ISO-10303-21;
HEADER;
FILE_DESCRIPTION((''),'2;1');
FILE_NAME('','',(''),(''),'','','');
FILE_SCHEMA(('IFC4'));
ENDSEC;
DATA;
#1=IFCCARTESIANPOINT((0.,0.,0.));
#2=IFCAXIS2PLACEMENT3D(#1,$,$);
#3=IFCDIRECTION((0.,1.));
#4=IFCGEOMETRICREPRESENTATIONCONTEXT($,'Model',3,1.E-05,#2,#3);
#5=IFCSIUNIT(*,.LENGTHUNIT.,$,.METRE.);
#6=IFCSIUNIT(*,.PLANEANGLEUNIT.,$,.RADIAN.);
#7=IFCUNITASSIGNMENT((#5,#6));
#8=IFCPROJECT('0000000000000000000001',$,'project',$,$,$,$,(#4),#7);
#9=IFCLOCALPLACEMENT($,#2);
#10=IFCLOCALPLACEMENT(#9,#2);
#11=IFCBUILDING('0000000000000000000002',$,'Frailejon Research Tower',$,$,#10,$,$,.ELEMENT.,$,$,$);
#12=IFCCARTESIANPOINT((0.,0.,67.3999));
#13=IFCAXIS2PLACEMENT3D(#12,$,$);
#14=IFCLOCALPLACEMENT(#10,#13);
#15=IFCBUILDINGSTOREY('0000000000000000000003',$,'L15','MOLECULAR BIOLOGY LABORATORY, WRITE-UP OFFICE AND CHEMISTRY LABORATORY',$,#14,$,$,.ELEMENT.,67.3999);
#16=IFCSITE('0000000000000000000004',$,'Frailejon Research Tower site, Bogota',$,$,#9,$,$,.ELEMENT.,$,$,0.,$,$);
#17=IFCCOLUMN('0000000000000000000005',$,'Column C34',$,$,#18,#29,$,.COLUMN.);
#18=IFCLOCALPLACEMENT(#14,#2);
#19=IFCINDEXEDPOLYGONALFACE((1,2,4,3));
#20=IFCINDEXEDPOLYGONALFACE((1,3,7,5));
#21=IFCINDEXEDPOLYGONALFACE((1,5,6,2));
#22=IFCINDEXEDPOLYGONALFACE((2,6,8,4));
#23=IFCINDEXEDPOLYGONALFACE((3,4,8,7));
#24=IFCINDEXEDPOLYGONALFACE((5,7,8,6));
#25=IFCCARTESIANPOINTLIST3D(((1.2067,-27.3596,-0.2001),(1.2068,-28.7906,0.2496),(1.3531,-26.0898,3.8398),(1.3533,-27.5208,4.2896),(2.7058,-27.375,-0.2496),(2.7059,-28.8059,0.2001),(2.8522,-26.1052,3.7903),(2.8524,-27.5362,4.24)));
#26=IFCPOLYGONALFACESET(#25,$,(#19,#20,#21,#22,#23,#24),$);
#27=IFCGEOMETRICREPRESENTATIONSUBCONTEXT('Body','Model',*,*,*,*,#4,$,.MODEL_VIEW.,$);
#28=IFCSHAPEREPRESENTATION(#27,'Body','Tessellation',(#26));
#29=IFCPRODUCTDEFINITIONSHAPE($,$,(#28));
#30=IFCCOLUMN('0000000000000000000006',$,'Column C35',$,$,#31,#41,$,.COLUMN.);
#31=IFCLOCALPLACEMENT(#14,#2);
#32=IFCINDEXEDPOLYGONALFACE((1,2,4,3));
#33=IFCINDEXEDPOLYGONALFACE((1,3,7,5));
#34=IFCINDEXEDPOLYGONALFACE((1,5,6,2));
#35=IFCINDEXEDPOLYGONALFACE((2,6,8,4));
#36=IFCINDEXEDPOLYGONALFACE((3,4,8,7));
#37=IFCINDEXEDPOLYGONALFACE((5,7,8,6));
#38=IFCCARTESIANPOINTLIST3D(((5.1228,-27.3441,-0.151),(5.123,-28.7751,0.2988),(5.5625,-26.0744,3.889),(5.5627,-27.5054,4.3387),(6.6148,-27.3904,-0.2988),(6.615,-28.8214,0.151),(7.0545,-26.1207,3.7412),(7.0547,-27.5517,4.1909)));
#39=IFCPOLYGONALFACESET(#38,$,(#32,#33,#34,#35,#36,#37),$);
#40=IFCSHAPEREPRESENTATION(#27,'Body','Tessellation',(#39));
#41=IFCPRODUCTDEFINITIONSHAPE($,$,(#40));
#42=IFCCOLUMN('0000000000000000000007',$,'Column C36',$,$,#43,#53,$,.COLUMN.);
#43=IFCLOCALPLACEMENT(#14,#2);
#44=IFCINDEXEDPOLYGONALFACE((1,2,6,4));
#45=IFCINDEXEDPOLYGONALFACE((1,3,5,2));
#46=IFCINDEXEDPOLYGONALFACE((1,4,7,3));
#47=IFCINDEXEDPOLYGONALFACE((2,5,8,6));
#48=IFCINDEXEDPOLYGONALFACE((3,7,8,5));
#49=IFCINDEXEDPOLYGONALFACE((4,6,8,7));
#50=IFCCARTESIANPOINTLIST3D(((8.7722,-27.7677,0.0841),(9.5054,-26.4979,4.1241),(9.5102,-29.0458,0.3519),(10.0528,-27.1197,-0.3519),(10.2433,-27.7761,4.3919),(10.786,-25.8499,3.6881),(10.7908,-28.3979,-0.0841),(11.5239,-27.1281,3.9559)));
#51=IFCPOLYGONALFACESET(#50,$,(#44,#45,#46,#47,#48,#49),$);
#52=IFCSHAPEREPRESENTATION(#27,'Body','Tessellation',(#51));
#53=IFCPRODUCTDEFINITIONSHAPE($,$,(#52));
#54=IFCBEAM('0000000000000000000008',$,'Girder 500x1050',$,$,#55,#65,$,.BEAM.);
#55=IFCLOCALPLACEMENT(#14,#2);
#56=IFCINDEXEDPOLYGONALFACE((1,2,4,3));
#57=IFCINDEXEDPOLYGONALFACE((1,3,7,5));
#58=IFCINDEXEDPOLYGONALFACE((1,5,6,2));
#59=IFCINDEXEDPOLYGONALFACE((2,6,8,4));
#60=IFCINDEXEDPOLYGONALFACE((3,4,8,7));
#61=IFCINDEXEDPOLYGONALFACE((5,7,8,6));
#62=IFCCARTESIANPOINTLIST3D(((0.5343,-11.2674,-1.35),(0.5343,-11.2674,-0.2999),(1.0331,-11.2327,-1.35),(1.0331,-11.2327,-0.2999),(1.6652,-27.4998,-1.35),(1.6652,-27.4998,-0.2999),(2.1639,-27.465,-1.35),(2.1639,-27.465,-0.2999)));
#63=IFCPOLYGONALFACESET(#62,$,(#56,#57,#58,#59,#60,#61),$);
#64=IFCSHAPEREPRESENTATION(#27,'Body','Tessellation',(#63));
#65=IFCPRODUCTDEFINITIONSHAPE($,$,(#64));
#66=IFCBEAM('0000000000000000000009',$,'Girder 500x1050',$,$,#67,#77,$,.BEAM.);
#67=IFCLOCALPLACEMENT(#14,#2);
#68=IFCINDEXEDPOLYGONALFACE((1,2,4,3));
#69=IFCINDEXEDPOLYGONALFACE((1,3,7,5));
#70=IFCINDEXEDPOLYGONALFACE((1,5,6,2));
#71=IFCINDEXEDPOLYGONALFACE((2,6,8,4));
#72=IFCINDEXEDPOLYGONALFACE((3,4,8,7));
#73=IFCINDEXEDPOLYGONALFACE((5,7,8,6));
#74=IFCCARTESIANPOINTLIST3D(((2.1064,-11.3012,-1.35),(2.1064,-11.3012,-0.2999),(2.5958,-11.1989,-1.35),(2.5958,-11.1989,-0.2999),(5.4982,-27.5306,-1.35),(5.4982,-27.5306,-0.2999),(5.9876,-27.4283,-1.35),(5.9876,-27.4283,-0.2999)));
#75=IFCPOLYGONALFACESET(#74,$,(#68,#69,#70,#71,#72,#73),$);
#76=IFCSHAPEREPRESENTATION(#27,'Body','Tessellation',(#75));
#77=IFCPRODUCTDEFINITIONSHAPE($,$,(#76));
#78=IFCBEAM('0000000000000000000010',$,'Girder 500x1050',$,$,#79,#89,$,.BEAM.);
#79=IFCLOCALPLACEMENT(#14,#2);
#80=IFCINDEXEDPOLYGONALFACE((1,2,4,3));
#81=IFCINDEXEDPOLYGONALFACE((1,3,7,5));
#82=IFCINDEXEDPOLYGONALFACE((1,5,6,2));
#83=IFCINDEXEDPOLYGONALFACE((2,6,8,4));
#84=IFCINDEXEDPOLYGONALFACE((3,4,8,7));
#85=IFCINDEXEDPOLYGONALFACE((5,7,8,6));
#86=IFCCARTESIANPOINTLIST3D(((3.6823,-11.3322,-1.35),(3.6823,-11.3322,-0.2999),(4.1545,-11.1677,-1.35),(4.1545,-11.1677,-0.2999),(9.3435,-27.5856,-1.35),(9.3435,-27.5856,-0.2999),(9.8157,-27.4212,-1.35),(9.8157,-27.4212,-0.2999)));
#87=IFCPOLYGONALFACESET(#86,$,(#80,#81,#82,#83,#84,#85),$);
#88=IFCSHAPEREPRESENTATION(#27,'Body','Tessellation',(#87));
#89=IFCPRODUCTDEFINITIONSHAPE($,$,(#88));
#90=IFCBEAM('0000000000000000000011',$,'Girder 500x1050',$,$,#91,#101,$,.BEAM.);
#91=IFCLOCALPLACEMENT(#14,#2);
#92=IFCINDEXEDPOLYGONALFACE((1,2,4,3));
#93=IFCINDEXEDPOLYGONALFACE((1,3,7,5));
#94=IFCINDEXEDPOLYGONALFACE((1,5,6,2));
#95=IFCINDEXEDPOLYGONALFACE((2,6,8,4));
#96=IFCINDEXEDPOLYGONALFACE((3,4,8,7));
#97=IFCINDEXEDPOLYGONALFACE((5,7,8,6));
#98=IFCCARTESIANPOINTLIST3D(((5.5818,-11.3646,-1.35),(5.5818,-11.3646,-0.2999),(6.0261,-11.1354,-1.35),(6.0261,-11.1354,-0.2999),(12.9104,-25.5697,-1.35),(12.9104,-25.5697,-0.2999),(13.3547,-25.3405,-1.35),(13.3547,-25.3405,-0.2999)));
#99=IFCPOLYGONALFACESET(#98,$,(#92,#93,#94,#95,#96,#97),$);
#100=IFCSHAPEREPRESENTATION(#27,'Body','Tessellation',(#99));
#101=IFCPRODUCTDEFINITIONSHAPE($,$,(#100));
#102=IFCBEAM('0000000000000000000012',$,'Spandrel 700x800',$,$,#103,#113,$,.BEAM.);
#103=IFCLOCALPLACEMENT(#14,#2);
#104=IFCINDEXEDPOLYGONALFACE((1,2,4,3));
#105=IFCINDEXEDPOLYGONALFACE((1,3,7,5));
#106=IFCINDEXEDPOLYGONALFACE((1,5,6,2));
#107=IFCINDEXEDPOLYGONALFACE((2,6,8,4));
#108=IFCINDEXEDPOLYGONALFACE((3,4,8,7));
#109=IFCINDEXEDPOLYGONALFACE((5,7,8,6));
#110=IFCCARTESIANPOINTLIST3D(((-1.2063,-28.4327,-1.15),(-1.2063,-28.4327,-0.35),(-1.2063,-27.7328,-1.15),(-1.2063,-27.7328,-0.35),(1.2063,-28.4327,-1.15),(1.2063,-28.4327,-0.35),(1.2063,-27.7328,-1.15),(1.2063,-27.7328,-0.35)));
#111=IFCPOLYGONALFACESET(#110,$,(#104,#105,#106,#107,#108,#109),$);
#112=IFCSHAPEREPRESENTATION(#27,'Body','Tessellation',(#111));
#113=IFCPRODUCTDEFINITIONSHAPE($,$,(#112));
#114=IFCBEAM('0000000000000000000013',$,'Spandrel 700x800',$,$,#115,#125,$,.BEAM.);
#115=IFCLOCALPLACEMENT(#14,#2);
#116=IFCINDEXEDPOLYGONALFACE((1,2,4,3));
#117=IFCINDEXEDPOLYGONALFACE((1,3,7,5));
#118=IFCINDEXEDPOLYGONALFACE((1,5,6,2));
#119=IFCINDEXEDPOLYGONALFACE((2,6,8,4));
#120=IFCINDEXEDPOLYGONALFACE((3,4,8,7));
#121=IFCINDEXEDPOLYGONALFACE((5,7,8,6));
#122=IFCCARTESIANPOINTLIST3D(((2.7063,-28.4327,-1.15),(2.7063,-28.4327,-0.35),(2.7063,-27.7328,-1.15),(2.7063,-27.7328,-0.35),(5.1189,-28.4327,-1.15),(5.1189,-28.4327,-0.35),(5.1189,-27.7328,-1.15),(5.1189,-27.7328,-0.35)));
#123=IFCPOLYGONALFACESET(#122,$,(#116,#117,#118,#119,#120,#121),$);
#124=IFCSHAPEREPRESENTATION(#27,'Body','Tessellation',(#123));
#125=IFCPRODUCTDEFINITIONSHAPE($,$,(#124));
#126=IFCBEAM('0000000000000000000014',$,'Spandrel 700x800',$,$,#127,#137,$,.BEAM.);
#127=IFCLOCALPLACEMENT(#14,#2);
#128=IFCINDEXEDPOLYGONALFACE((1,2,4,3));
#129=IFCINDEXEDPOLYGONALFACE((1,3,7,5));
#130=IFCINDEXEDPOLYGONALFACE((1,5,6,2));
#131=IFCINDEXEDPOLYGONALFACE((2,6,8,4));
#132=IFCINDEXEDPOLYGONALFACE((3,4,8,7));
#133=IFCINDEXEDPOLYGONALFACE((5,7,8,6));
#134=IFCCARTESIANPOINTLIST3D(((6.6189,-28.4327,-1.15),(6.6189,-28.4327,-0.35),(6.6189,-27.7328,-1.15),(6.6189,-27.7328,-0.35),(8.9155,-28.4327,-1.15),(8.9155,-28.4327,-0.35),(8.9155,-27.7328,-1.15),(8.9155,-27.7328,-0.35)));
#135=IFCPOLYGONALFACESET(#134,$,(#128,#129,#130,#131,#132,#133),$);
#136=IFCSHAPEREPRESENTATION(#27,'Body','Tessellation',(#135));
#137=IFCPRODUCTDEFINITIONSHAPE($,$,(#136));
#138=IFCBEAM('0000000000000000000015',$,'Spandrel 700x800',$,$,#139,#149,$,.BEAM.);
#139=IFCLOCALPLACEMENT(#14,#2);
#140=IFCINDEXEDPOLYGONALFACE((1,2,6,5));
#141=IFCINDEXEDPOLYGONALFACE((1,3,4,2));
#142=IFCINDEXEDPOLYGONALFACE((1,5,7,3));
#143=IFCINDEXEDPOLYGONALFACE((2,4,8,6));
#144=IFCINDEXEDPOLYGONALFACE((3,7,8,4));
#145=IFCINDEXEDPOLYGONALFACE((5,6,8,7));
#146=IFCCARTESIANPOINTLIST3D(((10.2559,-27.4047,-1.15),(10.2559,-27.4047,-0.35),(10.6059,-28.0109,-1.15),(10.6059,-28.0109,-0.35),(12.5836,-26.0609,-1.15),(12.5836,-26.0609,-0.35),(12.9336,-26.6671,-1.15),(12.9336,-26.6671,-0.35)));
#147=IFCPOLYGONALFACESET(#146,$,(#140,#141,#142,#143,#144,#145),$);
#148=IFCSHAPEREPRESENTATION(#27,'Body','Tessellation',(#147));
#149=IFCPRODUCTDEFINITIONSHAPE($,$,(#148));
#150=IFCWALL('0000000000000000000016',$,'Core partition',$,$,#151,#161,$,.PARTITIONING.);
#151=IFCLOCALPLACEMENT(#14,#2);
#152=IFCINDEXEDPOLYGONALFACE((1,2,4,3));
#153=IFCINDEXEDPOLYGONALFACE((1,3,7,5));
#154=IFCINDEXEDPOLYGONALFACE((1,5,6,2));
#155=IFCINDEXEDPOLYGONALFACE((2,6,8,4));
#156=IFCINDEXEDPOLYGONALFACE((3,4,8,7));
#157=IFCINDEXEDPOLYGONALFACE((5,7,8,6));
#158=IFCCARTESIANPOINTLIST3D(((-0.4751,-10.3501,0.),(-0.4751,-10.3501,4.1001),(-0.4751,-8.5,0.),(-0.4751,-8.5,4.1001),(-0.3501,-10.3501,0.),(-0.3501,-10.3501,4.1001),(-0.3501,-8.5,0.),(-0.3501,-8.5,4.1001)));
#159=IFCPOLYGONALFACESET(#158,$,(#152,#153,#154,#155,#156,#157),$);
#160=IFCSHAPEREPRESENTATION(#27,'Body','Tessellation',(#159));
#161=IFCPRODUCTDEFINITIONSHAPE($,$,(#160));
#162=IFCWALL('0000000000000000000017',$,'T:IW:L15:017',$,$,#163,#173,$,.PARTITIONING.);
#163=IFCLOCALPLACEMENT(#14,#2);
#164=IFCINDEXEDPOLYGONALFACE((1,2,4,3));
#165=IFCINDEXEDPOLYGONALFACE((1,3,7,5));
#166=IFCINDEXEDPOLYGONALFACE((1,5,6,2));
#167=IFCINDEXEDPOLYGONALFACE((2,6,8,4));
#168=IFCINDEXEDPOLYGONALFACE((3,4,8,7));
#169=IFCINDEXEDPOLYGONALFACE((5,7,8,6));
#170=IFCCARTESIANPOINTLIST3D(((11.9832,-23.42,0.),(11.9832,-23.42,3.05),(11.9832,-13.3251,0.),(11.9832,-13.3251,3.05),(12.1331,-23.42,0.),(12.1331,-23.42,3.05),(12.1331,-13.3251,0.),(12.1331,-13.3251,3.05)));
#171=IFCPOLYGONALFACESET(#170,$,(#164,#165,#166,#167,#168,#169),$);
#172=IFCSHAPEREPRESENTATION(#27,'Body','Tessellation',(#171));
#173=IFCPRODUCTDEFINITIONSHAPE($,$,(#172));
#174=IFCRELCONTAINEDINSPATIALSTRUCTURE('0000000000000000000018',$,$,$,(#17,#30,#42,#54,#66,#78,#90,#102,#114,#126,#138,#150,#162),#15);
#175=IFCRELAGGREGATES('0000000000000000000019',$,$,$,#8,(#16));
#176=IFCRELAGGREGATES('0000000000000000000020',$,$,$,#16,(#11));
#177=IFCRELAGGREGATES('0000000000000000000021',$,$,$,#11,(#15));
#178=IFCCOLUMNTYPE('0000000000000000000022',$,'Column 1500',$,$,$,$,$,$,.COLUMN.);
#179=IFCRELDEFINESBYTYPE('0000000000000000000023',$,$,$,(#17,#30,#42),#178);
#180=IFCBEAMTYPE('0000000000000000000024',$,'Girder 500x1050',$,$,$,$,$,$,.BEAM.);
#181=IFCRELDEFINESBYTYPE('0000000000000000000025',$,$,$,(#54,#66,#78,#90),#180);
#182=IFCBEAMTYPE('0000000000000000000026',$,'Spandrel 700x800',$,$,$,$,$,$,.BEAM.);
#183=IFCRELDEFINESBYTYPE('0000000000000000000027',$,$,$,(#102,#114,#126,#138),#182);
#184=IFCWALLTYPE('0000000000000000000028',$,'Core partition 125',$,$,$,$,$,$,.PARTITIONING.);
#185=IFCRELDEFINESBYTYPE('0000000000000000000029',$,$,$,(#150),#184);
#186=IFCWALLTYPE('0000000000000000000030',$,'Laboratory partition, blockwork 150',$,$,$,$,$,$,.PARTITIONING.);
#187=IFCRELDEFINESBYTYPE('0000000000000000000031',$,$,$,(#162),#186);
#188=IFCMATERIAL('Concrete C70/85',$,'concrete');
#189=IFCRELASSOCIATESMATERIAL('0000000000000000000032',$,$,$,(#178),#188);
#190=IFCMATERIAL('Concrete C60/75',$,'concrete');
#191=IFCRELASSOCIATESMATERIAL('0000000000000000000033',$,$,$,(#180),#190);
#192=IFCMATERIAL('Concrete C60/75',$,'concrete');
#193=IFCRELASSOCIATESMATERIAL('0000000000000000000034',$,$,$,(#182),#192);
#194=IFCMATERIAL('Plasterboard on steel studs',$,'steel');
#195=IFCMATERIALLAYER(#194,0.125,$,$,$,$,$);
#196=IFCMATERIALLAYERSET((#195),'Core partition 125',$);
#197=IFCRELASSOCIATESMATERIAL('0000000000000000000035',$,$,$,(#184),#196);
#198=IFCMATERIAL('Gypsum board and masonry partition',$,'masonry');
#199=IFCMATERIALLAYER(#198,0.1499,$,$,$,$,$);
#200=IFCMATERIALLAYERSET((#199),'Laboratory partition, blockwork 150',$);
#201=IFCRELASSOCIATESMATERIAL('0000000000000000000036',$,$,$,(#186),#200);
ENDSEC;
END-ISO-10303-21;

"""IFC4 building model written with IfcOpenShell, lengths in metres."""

from ifc_helpers import new_model, si_unit, direction, frame, frame_2d, origin, origin_2d, place, context, subcontext, project, spatial, rectangle, extrude, material, layer, layer_set, material_profile, profile_set, type_object, element, save


model = new_model("IFC4")

# Units and contexts
model_context = context("Model", 3, precision=1e-05, world=origin(), true_north=direction((0.0, 1.0)))
body_context = subcontext(model_context, "Body", "Model", "MODEL_VIEW")
ifc_project = project(units=[si_unit("LENGTHUNIT", "METRE"), si_unit("PLANEANGLEUNIT", "RADIAN")], contexts=[model_context])

# Site, building, storey
site_placement = place(None, origin())
site = spatial("IfcSite", under=ifc_project, at=site_placement, Name="Frailejon Research Tower site, Bogota", CompositionType="ELEMENT", RefElevation=0.0)
building_placement = place(site_placement, origin())
building = spatial("IfcBuilding", under=site, at=building_placement, Name="Frailejon Research Tower", CompositionType="ELEMENT")
storey_placement = place(building_placement, frame((0.0, 0.0, 67.3999)))
storey = spatial("IfcBuildingStorey", under=building, at=storey_placement, Name="L15", Description="MOLECULAR BIOLOGY LABORATORY, WRITE-UP OFFICE AND CHEMISTRY LABORATORY", CompositionType="ELEMENT", Elevation=67.3999)

# Columns
ifc_material_1 = material(Name="Concrete C70/85", Category="concrete")
ifc_material_profile_1 = material_profile(ifc_material_1, rectangle(XDim=1.5, YDim=1.5, at=origin_2d()), Name="Column 1500")
ifc_profile_set_1 = profile_set([ifc_material_profile_1], Name="Concrete C70/85")
column_type = type_object("IfcColumnType", Name="Column 1500", PredefinedType="COLUMN", material=ifc_profile_set_1)
column_1_placement = place(storey_placement, frame((1.9563, -28.0828, 0.0), z_axis=(0.034569, 0.299658, 0.95342), x_axis=(0.999402, -0.01025, -0.033015)))
element("IfcColumn", 1, at=column_1_placement, inside=storey, type_object=column_type, Name="Column C34", PredefinedType="COLUMN", context=body_context, shape_type="SweptSolid", body=[
    extrude(rectangle(XDim=1.5, YDim=1.5, at=origin_2d()), origin(), (0.0, 0.0, 1.0), 4.2373),
])
column_2_placement = place(storey_placement, frame((5.8689, -28.0828, 0.0), z_axis=(0.103272, 0.298234, 0.94889), x_axis=(0.994653, -0.030866, -0.098552)))
element("IfcColumn", 2, at=column_2_placement, inside=storey, type_object=column_type, Name="Column C35", PredefinedType="COLUMN", context=body_context, shape_type="SweptSolid", body=[
    extrude(rectangle(XDim=1.5, YDim=1.5, at=origin_2d()), origin(), (0.0, 0.0, 1.0), 4.2576),
])
column_3_placement = place(storey_placement, frame((9.7815, -28.0828, 0.0), z_axis=(0.170585, 0.295442, 0.940008), x_axis=(0.85374, 0.431994, -0.290705)))
element("IfcColumn", 3, at=column_3_placement, inside=storey, type_object=column_type, Name="Column C36", PredefinedType="COLUMN", context=body_context, shape_type="SweptSolid", body=[
    extrude(rectangle(XDim=1.5, YDim=1.5, at=origin_2d()), origin(), (0.0, 0.0, 1.0), 4.2979),
])

# Beams
ifc_material_2 = material(Name="Concrete C60/75", Category="concrete")
ifc_material_profile_2 = material_profile(ifc_material_2, rectangle(XDim=0.5, YDim=1.05, at=origin_2d()), Name="Girder 500x1050")
ifc_profile_set_2 = profile_set([ifc_material_profile_2], Name="Concrete C60/75")
beam_type_1 = type_object("IfcBeamType", Name="Girder 500x1050", PredefinedType="BEAM", material=ifc_profile_set_2)
beam_1_placement = place(storey_placement, frame((1.9146, -27.4824, -0.825), z_axis=(-0.069498, 0.997582, 0.0), x_axis=(-0.997582, -0.069498, 0.0)))
element("IfcBeam", 4, at=beam_1_placement, inside=storey, type_object=beam_type_1, Name="Girder 500x1050", PredefinedType="BEAM", context=body_context, shape_type="SweptSolid", body=[
    extrude(rectangle(XDim=0.5, YDim=1.05, at=origin_2d()), origin(), (0.0, 0.0, 1.0), 16.2717),
])
beam_2_placement = place(storey_placement, frame((5.7429, -27.4795, -0.825), z_axis=(-0.204573, 0.978851, 0.0), x_axis=(-0.978851, -0.204573, 0.0)))
element("IfcBeam", 5, at=beam_2_placement, inside=storey, type_object=beam_type_1, Name="Girder 500x1050", PredefinedType="BEAM", context=body_context, shape_type="SweptSolid", body=[
    extrude(rectangle(XDim=0.5, YDim=1.05, at=origin_2d()), origin(), (0.0, 0.0, 1.0), 16.5801),
])
beam_3_placement = place(storey_placement, frame((9.5796, -27.5034, -0.825), z_axis=(-0.328923, 0.944357, 0.0), x_axis=(-0.944357, -0.328923, 0.0)))
element("IfcBeam", 6, at=beam_3_placement, inside=storey, type_object=beam_type_1, Name="Girder 500x1050", PredefinedType="BEAM", context=body_context, shape_type="SweptSolid", body=[
    extrude(rectangle(XDim=0.5, YDim=1.05, at=origin_2d()), origin(), (0.0, 0.0, 1.0), 17.2112),
])
beam_4_placement = place(storey_placement, frame((13.1326, -25.4551, -0.825), z_axis=(-0.458493, 0.888698, 0.0), x_axis=(-0.888698, -0.458493, 0.0)))
element("IfcBeam", 7, at=beam_4_placement, inside=storey, type_object=beam_type_1, Name="Girder 500x1050", PredefinedType="BEAM", context=body_context, shape_type="SweptSolid", body=[
    extrude(rectangle(XDim=0.5, YDim=1.05, at=origin_2d()), origin(), (0.0, 0.0, 1.0), 15.9841),
])
ifc_material_3 = material(Name="Concrete C60/75", Category="concrete")
ifc_material_profile_3 = material_profile(ifc_material_3, rectangle(XDim=0.7, YDim=0.8, at=origin_2d()), Name="Spandrel 700x800")
ifc_profile_set_3 = profile_set([ifc_material_profile_3], Name="Concrete C60/75")
beam_type_2 = type_object("IfcBeamType", Name="Spandrel 700x800", PredefinedType="BEAM", material=ifc_profile_set_3)
for number, where, z_axis, x_axis, name in (
    (8, (-1.2063, -28.0828, -0.75), (1.0, 0.0, 0.0), (0.0, 1.0, 0.0), "Spandrel 700x800"),
    (9, (2.7063, -28.0828, -0.75), (1.0, 0.0, 0.0), (0.0, 1.0, 0.0), "Spandrel 700x800"),
):
    element("IfcBeam", number, at=place(storey_placement, frame(where, z_axis=z_axis, x_axis=x_axis)), inside=storey, type_object=beam_type_2, Name=name, PredefinedType="BEAM", context=body_context, shape_type="SweptSolid", body=[
        extrude(rectangle(XDim=0.7, YDim=0.8, at=origin_2d()), origin(), (0.0, 0.0, 1.0), 2.4126),
    ])
beam_5_placement = place(storey_placement, frame((6.6189, -28.0828, -0.75), z_axis=(1.0, 0.0, 0.0), x_axis=(0.0, 1.0, 0.0)))
element("IfcBeam", 10, at=beam_5_placement, inside=storey, type_object=beam_type_2, Name="Spandrel 700x800", PredefinedType="BEAM", context=body_context, shape_type="SweptSolid", body=[
    extrude(rectangle(XDim=0.7, YDim=0.8, at=origin_2d()), origin(), (0.0, 0.0, 1.0), 2.2966),
])
beam_6_placement = place(storey_placement, frame((10.4309, -27.7078, -0.75), z_axis=(0.866043, 0.499969, 0.0), x_axis=(-0.499969, 0.866043, 0.0)))
element("IfcBeam", 11, at=beam_6_placement, inside=storey, type_object=beam_type_2, Name="Spandrel 700x800", PredefinedType="BEAM", context=body_context, shape_type="SweptSolid", body=[
    extrude(rectangle(XDim=0.7, YDim=0.8, at=origin_2d()), origin(), (0.0, 0.0, 1.0), 2.6877),
])

# Walls
ifc_material_4 = material(Name="Plasterboard on steel studs", Category="steel")
ifc_layer_1 = layer(ifc_material_4, 0.125)
ifc_layer_set_1 = layer_set([ifc_layer_1], Name="Core partition 125")
wall_type_1 = type_object("IfcWallType", Name="Core partition 125", PredefinedType="PARTITIONING", material=ifc_layer_set_1)
wall_1_placement = place(storey_placement, frame((-0.4126, -10.3501, 0.0), z_axis=(0.0, 0.0, 1.0), x_axis=(0.0, 1.0, 0.0)))
element("IfcWall", 12, at=wall_1_placement, inside=storey, type_object=wall_type_1, Name="Core partition", PredefinedType="PARTITIONING", context=body_context, shape_type="SweptSolid", body=[
    extrude(rectangle(XDim=1.8501, YDim=0.125, at=frame_2d((0.925, 0.0))), origin(), (0.0, 0.0, 1.0), 4.1001),
])
ifc_material_5 = material(Name="Gypsum board and masonry partition", Category="masonry")
ifc_layer_2 = layer(ifc_material_5, 0.1499)
ifc_layer_set_2 = layer_set([ifc_layer_2], Name="Laboratory partition, blockwork 150")
wall_type_2 = type_object("IfcWallType", Name="Laboratory partition, blockwork 150", PredefinedType="PARTITIONING", material=ifc_layer_set_2)
wall_2_placement = place(storey_placement, frame((12.0581, -23.4199, 0.0), z_axis=(0.0, 0.0, 1.0), x_axis=(0.0, 1.0, 0.0)))
element("IfcWall", 13, at=wall_2_placement, inside=storey, type_object=wall_type_2, Name="T:IW:L15:017", PredefinedType="PARTITIONING", context=body_context, shape_type="SweptSolid", body=[
    extrude(rectangle(XDim=10.095, YDim=0.1499, at=frame_2d((5.0474, 0.0))), origin(), (0.0, 0.0, 1.0), 3.05),
])

save(model, "model.ifc")
